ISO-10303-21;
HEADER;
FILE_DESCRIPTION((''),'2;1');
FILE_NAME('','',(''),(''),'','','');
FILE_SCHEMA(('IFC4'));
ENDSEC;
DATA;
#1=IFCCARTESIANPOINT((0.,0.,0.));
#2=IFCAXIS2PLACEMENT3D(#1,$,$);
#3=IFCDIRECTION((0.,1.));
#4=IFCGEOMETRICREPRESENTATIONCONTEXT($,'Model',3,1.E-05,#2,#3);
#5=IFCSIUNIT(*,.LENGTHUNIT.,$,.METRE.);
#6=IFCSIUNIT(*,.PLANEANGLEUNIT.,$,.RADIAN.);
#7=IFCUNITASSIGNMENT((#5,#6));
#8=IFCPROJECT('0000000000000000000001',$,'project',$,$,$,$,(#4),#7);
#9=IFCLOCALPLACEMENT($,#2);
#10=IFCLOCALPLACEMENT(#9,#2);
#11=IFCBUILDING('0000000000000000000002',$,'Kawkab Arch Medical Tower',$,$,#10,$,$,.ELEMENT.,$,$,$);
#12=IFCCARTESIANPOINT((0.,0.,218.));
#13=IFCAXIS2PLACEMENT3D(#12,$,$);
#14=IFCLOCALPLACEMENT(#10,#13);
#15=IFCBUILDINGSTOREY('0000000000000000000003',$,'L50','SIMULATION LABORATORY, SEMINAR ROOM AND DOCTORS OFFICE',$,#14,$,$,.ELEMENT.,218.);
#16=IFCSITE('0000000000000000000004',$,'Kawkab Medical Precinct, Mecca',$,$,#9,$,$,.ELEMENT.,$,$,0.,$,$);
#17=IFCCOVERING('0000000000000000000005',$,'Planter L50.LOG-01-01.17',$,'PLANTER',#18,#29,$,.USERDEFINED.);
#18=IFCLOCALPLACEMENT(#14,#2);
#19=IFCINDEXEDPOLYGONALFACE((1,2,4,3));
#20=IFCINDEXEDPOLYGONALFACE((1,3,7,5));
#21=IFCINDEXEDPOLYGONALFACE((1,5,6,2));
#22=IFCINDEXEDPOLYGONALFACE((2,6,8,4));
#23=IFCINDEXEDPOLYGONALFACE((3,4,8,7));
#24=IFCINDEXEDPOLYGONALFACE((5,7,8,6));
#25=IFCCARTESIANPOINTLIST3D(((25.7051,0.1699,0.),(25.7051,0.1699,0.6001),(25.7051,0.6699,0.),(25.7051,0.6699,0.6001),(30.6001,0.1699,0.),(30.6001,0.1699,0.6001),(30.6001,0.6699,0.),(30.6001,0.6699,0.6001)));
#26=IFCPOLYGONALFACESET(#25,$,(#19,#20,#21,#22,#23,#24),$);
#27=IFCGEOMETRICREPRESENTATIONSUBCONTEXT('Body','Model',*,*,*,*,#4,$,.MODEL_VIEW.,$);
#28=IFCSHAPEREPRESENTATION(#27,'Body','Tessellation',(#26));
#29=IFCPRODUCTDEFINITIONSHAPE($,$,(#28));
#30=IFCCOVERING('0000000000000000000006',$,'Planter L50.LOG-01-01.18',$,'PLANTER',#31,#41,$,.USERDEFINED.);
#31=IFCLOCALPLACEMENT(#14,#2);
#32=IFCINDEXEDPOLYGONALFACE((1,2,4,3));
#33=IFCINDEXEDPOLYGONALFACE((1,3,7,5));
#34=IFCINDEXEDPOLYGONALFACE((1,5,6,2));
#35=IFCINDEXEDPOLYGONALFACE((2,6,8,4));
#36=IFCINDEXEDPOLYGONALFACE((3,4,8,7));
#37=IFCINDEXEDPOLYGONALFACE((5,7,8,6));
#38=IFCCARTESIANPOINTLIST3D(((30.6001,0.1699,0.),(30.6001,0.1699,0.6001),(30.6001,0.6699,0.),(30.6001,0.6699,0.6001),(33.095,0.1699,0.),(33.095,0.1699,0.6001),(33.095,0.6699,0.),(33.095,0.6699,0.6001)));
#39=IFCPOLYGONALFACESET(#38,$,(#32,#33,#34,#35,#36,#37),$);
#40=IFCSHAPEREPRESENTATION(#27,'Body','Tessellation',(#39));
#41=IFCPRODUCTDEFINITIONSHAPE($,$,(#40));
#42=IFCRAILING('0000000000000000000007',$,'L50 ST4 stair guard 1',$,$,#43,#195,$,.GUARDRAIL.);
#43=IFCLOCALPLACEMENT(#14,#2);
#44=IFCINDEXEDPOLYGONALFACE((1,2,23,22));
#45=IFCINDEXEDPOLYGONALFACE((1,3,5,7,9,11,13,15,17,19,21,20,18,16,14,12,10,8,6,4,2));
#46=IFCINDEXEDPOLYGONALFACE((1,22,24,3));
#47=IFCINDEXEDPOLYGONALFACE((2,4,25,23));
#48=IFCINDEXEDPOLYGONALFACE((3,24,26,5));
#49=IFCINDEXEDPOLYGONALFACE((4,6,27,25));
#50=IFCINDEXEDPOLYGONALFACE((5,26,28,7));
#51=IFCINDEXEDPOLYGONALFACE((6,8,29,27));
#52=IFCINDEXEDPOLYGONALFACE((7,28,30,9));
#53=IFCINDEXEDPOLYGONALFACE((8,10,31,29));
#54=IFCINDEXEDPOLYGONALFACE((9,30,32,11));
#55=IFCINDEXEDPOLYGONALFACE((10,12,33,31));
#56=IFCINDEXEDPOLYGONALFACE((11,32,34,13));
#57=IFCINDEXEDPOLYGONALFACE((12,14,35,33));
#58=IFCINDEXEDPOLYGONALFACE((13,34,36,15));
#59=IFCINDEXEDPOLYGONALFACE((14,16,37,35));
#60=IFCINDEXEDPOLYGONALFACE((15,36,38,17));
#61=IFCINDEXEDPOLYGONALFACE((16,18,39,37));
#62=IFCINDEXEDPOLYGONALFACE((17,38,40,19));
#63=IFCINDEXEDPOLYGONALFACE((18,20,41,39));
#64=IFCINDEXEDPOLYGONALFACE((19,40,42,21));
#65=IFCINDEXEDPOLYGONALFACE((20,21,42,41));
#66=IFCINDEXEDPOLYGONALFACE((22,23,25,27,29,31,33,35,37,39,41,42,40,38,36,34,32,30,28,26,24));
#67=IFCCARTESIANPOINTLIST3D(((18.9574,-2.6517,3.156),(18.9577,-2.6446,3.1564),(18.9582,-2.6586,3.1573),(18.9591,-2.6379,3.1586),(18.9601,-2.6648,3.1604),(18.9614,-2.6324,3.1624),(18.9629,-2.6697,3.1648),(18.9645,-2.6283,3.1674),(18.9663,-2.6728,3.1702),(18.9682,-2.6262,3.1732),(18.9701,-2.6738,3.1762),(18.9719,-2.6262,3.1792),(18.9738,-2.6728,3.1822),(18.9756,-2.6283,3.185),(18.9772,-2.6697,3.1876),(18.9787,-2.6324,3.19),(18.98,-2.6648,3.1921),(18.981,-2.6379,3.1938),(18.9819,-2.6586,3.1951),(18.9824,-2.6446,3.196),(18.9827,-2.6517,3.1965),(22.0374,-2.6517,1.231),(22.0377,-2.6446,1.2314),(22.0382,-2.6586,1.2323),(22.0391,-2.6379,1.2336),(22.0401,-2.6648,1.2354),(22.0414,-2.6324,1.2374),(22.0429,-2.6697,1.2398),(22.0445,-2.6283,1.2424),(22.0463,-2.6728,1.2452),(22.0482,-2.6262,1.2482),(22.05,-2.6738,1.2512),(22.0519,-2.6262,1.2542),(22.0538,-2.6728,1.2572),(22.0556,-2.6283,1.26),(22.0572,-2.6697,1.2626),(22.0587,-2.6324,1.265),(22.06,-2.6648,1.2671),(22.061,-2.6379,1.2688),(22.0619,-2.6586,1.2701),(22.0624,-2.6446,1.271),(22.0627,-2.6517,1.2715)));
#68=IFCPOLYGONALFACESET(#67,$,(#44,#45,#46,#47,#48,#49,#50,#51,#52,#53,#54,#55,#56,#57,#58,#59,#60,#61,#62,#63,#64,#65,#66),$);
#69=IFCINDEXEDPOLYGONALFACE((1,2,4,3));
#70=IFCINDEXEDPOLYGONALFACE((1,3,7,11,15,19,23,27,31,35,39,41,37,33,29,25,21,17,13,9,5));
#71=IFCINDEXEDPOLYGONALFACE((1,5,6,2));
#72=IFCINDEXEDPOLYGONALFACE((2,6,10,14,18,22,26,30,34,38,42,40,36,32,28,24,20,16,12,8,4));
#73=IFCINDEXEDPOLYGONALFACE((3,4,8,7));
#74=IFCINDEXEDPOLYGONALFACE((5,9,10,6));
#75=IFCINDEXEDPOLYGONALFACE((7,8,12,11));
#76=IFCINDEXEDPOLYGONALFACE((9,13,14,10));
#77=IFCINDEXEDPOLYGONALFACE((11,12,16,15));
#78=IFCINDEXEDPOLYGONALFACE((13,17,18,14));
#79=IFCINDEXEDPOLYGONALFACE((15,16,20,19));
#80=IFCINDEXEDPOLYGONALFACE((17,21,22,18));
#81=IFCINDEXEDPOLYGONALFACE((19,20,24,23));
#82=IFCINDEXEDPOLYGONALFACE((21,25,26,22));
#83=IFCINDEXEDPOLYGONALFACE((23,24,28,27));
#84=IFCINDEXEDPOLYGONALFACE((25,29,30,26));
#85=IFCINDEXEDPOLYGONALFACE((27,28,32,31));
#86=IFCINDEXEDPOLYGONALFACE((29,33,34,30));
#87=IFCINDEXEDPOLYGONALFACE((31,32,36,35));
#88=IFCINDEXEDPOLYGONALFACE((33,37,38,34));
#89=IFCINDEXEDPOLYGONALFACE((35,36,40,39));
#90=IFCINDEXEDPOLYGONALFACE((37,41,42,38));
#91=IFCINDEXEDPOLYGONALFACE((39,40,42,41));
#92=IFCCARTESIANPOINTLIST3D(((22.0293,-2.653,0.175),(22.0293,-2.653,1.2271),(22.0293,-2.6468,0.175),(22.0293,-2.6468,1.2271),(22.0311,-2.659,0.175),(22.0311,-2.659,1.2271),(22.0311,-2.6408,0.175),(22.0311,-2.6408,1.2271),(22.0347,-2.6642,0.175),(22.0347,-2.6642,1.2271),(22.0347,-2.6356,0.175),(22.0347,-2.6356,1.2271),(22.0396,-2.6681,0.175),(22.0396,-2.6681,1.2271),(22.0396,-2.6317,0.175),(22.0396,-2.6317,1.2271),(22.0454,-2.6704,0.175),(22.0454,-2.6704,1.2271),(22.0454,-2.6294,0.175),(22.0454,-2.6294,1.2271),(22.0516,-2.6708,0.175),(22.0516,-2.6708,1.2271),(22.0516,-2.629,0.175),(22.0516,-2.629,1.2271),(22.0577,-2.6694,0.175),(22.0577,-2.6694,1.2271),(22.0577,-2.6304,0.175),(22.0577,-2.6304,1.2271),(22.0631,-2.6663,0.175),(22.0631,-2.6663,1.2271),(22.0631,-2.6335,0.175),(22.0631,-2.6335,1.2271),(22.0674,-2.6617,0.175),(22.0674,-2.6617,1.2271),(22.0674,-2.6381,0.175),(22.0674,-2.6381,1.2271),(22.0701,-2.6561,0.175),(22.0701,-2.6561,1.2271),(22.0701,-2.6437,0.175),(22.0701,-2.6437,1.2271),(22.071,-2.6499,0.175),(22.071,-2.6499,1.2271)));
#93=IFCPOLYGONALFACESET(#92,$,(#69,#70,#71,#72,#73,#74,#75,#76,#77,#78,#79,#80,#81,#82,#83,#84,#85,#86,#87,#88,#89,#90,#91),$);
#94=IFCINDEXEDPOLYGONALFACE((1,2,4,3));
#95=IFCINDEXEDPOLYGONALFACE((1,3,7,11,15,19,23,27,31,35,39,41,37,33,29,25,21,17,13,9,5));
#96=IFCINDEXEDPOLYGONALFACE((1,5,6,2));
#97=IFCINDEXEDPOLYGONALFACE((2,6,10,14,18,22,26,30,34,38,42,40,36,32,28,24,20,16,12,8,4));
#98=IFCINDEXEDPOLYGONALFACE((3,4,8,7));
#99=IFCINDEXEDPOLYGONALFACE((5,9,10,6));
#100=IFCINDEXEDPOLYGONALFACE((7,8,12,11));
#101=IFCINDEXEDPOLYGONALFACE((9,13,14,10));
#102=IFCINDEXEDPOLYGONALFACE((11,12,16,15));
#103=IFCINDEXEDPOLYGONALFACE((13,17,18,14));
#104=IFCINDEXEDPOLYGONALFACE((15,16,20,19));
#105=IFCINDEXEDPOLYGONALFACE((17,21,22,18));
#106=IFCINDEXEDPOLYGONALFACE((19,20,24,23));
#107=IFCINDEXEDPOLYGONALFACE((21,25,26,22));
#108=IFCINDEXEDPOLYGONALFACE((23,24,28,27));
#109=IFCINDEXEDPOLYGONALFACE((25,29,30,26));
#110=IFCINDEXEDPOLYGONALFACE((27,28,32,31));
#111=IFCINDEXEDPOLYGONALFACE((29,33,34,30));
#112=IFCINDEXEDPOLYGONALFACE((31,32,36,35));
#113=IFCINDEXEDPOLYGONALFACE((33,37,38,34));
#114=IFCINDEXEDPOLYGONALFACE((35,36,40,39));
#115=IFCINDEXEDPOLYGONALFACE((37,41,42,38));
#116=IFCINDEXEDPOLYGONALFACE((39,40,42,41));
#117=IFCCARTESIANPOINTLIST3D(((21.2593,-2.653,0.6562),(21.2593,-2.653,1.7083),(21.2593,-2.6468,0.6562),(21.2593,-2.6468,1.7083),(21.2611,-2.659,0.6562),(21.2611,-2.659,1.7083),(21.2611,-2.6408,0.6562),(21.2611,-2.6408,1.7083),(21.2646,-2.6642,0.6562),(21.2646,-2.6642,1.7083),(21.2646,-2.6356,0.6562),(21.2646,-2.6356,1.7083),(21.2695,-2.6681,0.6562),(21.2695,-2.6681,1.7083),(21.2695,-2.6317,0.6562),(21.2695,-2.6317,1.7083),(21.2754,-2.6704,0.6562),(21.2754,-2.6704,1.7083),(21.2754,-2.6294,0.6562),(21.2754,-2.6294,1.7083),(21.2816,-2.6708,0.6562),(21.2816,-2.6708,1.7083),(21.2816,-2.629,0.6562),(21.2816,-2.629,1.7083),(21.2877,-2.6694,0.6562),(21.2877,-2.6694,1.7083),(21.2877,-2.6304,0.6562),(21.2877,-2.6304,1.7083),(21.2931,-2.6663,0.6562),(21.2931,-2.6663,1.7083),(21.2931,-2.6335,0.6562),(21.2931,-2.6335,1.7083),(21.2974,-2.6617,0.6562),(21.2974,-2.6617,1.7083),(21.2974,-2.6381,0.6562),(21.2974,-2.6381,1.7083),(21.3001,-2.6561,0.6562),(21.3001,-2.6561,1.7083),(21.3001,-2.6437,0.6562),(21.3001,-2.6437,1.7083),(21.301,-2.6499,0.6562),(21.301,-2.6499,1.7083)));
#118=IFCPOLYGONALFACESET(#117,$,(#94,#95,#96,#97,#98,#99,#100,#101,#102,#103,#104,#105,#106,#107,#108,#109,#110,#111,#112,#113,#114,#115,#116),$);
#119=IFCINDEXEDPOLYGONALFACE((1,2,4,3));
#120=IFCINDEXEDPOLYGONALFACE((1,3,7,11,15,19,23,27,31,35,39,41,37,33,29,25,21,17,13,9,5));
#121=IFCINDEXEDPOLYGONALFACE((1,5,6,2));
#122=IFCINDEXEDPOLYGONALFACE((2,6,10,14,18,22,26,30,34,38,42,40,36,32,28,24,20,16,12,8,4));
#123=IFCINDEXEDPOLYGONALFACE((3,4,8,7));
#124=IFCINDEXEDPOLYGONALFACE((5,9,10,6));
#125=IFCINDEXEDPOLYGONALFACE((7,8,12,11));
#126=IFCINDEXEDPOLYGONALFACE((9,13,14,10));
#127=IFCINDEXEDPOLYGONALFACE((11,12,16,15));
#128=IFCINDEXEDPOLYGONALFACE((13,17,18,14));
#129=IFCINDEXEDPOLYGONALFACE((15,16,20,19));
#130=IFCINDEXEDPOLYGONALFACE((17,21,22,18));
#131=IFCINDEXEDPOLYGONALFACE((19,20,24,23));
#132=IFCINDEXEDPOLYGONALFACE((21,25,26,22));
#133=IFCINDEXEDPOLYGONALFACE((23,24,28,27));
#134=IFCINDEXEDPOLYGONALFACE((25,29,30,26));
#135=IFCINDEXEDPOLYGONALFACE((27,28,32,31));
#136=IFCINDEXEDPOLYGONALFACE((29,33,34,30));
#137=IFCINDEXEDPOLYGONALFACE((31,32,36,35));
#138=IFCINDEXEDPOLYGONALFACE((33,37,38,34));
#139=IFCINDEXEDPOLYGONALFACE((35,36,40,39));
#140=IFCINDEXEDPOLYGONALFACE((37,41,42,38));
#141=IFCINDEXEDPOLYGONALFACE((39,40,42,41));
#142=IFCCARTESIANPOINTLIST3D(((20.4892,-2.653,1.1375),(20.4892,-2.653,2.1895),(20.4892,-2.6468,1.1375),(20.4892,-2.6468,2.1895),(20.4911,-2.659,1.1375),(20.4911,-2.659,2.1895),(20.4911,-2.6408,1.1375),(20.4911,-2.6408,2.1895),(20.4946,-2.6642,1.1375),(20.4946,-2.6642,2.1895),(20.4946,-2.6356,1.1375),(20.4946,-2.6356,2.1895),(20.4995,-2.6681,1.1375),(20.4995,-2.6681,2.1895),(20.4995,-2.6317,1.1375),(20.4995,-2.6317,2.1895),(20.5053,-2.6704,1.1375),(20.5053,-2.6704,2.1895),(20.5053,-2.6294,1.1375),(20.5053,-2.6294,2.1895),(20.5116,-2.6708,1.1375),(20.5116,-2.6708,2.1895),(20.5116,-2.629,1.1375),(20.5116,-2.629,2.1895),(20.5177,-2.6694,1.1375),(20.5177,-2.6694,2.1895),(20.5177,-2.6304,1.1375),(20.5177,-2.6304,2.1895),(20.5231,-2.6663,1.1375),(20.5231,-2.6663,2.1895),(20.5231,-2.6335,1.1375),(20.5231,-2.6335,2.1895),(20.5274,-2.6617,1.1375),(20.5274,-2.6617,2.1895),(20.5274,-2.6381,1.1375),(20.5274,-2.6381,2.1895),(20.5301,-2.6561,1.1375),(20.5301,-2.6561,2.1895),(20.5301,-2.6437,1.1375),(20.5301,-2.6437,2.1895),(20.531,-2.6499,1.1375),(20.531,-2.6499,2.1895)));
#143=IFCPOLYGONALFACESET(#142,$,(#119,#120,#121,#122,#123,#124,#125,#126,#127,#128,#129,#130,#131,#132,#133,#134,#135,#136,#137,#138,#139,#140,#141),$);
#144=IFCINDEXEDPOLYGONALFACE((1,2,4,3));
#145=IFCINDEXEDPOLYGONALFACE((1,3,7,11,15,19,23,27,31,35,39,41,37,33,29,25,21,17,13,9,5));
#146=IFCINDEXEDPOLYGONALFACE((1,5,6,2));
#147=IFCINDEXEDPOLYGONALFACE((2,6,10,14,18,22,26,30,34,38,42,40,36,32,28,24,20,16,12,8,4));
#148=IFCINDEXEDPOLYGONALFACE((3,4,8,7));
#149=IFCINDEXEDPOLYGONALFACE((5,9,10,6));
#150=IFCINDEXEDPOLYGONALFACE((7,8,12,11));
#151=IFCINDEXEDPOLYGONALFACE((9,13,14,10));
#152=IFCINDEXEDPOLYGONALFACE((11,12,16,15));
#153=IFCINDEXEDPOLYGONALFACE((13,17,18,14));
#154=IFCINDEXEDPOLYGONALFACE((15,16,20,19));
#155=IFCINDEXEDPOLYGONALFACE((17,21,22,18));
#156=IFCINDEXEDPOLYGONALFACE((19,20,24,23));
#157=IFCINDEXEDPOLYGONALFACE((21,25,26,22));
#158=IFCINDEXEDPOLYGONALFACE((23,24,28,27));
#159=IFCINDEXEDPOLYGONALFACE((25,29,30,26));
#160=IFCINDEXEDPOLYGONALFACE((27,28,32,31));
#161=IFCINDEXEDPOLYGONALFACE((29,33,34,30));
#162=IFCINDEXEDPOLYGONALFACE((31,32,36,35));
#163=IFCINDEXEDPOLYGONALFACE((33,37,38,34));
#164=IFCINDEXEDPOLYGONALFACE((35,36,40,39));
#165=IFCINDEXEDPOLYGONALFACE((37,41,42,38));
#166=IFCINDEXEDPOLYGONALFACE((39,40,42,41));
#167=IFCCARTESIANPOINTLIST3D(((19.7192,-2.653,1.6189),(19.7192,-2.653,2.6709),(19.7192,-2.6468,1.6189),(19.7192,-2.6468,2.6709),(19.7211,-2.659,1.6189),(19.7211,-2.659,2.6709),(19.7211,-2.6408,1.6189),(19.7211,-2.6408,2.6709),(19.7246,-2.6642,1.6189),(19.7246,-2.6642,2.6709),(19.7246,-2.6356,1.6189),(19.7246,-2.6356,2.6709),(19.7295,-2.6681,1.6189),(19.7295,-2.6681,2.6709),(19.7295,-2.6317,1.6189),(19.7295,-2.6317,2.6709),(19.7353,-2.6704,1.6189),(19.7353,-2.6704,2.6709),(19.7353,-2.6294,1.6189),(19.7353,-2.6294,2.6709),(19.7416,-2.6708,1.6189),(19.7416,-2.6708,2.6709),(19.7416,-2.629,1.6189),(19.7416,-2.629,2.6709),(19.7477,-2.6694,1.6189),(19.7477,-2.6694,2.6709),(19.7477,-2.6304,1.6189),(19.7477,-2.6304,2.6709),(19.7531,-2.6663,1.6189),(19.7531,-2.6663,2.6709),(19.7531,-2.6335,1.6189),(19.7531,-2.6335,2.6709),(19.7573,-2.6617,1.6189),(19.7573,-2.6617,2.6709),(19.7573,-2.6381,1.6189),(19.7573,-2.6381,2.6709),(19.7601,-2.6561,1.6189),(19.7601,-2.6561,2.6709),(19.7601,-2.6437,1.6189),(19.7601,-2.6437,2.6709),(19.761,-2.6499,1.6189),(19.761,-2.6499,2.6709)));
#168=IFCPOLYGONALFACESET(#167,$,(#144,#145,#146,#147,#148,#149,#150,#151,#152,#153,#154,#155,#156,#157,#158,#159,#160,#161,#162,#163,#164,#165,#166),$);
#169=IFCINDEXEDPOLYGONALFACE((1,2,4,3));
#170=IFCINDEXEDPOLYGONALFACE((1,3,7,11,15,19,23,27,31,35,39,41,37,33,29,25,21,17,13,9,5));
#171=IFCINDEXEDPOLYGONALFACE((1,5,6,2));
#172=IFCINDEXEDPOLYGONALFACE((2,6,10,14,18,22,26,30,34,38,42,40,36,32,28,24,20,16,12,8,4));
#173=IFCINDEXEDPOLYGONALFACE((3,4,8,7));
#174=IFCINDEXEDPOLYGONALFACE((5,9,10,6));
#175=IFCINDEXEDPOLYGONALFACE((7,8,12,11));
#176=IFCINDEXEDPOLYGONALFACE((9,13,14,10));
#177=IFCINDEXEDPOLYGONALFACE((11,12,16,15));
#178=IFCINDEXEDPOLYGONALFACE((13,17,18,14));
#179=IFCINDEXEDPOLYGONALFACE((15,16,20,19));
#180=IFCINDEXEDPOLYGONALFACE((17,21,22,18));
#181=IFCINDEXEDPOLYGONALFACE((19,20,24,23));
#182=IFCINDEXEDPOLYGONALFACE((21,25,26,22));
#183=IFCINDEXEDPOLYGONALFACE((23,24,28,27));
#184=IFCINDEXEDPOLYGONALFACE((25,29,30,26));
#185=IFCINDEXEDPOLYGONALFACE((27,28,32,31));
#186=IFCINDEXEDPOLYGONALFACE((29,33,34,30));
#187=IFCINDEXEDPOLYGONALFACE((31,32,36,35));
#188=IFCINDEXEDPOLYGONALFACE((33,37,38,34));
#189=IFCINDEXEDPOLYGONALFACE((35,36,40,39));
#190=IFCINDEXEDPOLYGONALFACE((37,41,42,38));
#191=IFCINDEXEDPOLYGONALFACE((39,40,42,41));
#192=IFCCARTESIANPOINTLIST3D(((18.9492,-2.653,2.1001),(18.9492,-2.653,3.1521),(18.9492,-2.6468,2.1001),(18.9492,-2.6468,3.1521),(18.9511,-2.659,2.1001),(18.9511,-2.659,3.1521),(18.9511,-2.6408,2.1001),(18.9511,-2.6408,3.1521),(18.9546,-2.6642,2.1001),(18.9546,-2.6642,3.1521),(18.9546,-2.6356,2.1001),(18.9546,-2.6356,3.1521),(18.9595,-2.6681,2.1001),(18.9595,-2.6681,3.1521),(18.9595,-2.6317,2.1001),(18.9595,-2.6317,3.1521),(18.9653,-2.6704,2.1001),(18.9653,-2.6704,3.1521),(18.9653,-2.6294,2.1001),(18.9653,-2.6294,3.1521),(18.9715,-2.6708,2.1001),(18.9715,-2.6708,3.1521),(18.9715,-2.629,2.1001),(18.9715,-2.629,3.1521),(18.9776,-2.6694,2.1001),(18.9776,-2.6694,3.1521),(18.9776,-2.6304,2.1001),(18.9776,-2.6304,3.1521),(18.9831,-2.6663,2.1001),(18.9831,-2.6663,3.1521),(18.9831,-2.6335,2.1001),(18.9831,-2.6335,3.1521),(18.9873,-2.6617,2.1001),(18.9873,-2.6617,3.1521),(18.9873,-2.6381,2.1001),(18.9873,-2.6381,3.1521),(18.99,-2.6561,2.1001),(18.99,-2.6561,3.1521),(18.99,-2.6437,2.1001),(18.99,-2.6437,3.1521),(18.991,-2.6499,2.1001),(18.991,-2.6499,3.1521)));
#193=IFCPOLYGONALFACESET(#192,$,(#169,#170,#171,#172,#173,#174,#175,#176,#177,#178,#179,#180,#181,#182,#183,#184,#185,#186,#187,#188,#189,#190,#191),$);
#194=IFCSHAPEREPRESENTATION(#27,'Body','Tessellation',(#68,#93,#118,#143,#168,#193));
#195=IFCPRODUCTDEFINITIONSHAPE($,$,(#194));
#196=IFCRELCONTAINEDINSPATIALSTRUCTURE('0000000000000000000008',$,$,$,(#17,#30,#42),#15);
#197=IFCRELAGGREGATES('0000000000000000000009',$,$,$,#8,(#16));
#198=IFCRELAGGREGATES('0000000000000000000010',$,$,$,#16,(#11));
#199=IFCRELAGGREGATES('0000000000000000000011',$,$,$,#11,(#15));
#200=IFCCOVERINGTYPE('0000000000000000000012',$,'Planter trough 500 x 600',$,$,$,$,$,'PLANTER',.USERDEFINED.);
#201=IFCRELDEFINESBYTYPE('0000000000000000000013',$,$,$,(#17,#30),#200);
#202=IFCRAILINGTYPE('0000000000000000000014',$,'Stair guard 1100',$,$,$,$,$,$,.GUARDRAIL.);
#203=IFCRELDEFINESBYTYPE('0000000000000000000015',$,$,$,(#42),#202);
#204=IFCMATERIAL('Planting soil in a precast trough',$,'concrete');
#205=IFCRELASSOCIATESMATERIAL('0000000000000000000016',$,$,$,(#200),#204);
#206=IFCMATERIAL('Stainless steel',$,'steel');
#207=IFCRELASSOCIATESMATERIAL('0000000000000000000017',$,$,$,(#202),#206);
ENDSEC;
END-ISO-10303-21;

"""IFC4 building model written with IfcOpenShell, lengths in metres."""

from ifc_helpers import new_model, si_unit, direction, frame, origin, origin_2d, place, context, subcontext, project, spatial, rectangle, circle, extrude, material, material_profile, profile_set, type_object, element, save


model = new_model("IFC4")

# Units and contexts
model_context = context("Model", 3, precision=1e-05, world=origin(), true_north=direction((0.0, 1.0)))
body_context = subcontext(model_context, "Body", "Model", "MODEL_VIEW")
ifc_project = project(units=[si_unit("LENGTHUNIT", "METRE"), si_unit("PLANEANGLEUNIT", "RADIAN")], contexts=[model_context])

# Site, building, storey
site_placement = place(None, origin())
site = spatial("IfcSite", under=ifc_project, at=site_placement, Name="Kawkab Medical Precinct, Mecca", CompositionType="ELEMENT", RefElevation=0.0)
building_placement = place(site_placement, origin())
building = spatial("IfcBuilding", under=site, at=building_placement, Name="Kawkab Arch Medical Tower", CompositionType="ELEMENT")
storey_placement = place(building_placement, frame((0.0, 0.0, 218.0)))
storey = spatial("IfcBuildingStorey", under=building, at=storey_placement, Name="L50", Description="SIMULATION LABORATORY, SEMINAR ROOM AND DOCTORS OFFICE", CompositionType="ELEMENT", Elevation=218.0)

# Coverings
ifc_material_1 = material(Name="Planting soil in a precast trough", Category="concrete")
ifc_material_profile_1 = material_profile(ifc_material_1, rectangle(XDim=0.5, YDim=0.6001, at=origin_2d()), Name="Trough 500x600")
ifc_profile_set_1 = profile_set([ifc_material_profile_1], Name="Planting soil in a precast trough")
covering_type = type_object("IfcCoveringType", Name="Planter trough 500 x 600", ElementType="PLANTER", PredefinedType="USERDEFINED", material=ifc_profile_set_1)
covering_1_placement = place(storey_placement, frame((25.7051, 0.4199, 0.3), z_axis=(1.0, 0.0, 0.0), x_axis=(0.0, 1.0, 0.0)))
element("IfcCovering", 1, at=covering_1_placement, inside=storey, type_object=covering_type, Name="Planter L50.LOG-01-01.17", ObjectType="PLANTER", PredefinedType="USERDEFINED", context=body_context, shape_type="SweptSolid", body=[
    extrude(rectangle(XDim=0.5, YDim=0.6001, at=origin_2d()), origin(), (0.0, 0.0, 1.0), 4.895),
])
covering_2_placement = place(storey_placement, frame((30.6001, 0.4199, 0.3), z_axis=(1.0, 0.0, 0.0), x_axis=(0.0, 1.0, 0.0)))
element("IfcCovering", 2, at=covering_2_placement, inside=storey, type_object=covering_type, Name="Planter L50.LOG-01-01.18", ObjectType="PLANTER", PredefinedType="USERDEFINED", context=body_context, shape_type="SweptSolid", body=[
    extrude(rectangle(XDim=0.5, YDim=0.6001, at=origin_2d()), origin(), (0.0, 0.0, 1.0), 2.4949),
])

# Railing
ifc_material_2 = material(Name="Stainless steel", Category="steel")
railing_type_1 = type_object("IfcRailingType", Name="Stair guard 1100", PredefinedType="GUARDRAIL", material=ifc_material_2)
railing_1_placement = place(storey_placement, frame((22.05, -2.6499, 0.175)))
element("IfcRailing", 3, at=railing_1_placement, inside=storey, type_object=railing_type_1, Name="L50 ST4 stair guard 1", PredefinedType="GUARDRAIL", context=body_context, shape_type="SweptSolid", body=[
    extrude(circle(Radius=0.0239, at=origin_2d()), frame((0.0, 0.0, 1.0762), z_axis=(-0.847998, 0.0, 0.529999), x_axis=(0.0, -1.0, 0.0)), (0.0, 0.0, 1.0), 3.6321),
    extrude(circle(Radius=0.021, at=origin_2d()), origin(), (0.0, 0.0, 1.0), 1.052),
    extrude(circle(Radius=0.021, at=origin_2d()), frame((-0.77, 0.0, 0.4812)), (0.0, 0.0, 1.0), 1.052),
    extrude(circle(Radius=0.021, at=origin_2d()), frame((-1.54, 0.0, 0.9624)), (0.0, 0.0, 1.0), 1.052),
    extrude(circle(Radius=0.021, at=origin_2d()), frame((-2.3101, 0.0, 1.4438)), (0.0, 0.0, 1.0), 1.052),
    extrude(circle(Radius=0.021, at=origin_2d()), frame((-3.0801, 0.0, 1.925)), (0.0, 0.0, 1.0), 1.052),
])

save(model, "model.ifc")
